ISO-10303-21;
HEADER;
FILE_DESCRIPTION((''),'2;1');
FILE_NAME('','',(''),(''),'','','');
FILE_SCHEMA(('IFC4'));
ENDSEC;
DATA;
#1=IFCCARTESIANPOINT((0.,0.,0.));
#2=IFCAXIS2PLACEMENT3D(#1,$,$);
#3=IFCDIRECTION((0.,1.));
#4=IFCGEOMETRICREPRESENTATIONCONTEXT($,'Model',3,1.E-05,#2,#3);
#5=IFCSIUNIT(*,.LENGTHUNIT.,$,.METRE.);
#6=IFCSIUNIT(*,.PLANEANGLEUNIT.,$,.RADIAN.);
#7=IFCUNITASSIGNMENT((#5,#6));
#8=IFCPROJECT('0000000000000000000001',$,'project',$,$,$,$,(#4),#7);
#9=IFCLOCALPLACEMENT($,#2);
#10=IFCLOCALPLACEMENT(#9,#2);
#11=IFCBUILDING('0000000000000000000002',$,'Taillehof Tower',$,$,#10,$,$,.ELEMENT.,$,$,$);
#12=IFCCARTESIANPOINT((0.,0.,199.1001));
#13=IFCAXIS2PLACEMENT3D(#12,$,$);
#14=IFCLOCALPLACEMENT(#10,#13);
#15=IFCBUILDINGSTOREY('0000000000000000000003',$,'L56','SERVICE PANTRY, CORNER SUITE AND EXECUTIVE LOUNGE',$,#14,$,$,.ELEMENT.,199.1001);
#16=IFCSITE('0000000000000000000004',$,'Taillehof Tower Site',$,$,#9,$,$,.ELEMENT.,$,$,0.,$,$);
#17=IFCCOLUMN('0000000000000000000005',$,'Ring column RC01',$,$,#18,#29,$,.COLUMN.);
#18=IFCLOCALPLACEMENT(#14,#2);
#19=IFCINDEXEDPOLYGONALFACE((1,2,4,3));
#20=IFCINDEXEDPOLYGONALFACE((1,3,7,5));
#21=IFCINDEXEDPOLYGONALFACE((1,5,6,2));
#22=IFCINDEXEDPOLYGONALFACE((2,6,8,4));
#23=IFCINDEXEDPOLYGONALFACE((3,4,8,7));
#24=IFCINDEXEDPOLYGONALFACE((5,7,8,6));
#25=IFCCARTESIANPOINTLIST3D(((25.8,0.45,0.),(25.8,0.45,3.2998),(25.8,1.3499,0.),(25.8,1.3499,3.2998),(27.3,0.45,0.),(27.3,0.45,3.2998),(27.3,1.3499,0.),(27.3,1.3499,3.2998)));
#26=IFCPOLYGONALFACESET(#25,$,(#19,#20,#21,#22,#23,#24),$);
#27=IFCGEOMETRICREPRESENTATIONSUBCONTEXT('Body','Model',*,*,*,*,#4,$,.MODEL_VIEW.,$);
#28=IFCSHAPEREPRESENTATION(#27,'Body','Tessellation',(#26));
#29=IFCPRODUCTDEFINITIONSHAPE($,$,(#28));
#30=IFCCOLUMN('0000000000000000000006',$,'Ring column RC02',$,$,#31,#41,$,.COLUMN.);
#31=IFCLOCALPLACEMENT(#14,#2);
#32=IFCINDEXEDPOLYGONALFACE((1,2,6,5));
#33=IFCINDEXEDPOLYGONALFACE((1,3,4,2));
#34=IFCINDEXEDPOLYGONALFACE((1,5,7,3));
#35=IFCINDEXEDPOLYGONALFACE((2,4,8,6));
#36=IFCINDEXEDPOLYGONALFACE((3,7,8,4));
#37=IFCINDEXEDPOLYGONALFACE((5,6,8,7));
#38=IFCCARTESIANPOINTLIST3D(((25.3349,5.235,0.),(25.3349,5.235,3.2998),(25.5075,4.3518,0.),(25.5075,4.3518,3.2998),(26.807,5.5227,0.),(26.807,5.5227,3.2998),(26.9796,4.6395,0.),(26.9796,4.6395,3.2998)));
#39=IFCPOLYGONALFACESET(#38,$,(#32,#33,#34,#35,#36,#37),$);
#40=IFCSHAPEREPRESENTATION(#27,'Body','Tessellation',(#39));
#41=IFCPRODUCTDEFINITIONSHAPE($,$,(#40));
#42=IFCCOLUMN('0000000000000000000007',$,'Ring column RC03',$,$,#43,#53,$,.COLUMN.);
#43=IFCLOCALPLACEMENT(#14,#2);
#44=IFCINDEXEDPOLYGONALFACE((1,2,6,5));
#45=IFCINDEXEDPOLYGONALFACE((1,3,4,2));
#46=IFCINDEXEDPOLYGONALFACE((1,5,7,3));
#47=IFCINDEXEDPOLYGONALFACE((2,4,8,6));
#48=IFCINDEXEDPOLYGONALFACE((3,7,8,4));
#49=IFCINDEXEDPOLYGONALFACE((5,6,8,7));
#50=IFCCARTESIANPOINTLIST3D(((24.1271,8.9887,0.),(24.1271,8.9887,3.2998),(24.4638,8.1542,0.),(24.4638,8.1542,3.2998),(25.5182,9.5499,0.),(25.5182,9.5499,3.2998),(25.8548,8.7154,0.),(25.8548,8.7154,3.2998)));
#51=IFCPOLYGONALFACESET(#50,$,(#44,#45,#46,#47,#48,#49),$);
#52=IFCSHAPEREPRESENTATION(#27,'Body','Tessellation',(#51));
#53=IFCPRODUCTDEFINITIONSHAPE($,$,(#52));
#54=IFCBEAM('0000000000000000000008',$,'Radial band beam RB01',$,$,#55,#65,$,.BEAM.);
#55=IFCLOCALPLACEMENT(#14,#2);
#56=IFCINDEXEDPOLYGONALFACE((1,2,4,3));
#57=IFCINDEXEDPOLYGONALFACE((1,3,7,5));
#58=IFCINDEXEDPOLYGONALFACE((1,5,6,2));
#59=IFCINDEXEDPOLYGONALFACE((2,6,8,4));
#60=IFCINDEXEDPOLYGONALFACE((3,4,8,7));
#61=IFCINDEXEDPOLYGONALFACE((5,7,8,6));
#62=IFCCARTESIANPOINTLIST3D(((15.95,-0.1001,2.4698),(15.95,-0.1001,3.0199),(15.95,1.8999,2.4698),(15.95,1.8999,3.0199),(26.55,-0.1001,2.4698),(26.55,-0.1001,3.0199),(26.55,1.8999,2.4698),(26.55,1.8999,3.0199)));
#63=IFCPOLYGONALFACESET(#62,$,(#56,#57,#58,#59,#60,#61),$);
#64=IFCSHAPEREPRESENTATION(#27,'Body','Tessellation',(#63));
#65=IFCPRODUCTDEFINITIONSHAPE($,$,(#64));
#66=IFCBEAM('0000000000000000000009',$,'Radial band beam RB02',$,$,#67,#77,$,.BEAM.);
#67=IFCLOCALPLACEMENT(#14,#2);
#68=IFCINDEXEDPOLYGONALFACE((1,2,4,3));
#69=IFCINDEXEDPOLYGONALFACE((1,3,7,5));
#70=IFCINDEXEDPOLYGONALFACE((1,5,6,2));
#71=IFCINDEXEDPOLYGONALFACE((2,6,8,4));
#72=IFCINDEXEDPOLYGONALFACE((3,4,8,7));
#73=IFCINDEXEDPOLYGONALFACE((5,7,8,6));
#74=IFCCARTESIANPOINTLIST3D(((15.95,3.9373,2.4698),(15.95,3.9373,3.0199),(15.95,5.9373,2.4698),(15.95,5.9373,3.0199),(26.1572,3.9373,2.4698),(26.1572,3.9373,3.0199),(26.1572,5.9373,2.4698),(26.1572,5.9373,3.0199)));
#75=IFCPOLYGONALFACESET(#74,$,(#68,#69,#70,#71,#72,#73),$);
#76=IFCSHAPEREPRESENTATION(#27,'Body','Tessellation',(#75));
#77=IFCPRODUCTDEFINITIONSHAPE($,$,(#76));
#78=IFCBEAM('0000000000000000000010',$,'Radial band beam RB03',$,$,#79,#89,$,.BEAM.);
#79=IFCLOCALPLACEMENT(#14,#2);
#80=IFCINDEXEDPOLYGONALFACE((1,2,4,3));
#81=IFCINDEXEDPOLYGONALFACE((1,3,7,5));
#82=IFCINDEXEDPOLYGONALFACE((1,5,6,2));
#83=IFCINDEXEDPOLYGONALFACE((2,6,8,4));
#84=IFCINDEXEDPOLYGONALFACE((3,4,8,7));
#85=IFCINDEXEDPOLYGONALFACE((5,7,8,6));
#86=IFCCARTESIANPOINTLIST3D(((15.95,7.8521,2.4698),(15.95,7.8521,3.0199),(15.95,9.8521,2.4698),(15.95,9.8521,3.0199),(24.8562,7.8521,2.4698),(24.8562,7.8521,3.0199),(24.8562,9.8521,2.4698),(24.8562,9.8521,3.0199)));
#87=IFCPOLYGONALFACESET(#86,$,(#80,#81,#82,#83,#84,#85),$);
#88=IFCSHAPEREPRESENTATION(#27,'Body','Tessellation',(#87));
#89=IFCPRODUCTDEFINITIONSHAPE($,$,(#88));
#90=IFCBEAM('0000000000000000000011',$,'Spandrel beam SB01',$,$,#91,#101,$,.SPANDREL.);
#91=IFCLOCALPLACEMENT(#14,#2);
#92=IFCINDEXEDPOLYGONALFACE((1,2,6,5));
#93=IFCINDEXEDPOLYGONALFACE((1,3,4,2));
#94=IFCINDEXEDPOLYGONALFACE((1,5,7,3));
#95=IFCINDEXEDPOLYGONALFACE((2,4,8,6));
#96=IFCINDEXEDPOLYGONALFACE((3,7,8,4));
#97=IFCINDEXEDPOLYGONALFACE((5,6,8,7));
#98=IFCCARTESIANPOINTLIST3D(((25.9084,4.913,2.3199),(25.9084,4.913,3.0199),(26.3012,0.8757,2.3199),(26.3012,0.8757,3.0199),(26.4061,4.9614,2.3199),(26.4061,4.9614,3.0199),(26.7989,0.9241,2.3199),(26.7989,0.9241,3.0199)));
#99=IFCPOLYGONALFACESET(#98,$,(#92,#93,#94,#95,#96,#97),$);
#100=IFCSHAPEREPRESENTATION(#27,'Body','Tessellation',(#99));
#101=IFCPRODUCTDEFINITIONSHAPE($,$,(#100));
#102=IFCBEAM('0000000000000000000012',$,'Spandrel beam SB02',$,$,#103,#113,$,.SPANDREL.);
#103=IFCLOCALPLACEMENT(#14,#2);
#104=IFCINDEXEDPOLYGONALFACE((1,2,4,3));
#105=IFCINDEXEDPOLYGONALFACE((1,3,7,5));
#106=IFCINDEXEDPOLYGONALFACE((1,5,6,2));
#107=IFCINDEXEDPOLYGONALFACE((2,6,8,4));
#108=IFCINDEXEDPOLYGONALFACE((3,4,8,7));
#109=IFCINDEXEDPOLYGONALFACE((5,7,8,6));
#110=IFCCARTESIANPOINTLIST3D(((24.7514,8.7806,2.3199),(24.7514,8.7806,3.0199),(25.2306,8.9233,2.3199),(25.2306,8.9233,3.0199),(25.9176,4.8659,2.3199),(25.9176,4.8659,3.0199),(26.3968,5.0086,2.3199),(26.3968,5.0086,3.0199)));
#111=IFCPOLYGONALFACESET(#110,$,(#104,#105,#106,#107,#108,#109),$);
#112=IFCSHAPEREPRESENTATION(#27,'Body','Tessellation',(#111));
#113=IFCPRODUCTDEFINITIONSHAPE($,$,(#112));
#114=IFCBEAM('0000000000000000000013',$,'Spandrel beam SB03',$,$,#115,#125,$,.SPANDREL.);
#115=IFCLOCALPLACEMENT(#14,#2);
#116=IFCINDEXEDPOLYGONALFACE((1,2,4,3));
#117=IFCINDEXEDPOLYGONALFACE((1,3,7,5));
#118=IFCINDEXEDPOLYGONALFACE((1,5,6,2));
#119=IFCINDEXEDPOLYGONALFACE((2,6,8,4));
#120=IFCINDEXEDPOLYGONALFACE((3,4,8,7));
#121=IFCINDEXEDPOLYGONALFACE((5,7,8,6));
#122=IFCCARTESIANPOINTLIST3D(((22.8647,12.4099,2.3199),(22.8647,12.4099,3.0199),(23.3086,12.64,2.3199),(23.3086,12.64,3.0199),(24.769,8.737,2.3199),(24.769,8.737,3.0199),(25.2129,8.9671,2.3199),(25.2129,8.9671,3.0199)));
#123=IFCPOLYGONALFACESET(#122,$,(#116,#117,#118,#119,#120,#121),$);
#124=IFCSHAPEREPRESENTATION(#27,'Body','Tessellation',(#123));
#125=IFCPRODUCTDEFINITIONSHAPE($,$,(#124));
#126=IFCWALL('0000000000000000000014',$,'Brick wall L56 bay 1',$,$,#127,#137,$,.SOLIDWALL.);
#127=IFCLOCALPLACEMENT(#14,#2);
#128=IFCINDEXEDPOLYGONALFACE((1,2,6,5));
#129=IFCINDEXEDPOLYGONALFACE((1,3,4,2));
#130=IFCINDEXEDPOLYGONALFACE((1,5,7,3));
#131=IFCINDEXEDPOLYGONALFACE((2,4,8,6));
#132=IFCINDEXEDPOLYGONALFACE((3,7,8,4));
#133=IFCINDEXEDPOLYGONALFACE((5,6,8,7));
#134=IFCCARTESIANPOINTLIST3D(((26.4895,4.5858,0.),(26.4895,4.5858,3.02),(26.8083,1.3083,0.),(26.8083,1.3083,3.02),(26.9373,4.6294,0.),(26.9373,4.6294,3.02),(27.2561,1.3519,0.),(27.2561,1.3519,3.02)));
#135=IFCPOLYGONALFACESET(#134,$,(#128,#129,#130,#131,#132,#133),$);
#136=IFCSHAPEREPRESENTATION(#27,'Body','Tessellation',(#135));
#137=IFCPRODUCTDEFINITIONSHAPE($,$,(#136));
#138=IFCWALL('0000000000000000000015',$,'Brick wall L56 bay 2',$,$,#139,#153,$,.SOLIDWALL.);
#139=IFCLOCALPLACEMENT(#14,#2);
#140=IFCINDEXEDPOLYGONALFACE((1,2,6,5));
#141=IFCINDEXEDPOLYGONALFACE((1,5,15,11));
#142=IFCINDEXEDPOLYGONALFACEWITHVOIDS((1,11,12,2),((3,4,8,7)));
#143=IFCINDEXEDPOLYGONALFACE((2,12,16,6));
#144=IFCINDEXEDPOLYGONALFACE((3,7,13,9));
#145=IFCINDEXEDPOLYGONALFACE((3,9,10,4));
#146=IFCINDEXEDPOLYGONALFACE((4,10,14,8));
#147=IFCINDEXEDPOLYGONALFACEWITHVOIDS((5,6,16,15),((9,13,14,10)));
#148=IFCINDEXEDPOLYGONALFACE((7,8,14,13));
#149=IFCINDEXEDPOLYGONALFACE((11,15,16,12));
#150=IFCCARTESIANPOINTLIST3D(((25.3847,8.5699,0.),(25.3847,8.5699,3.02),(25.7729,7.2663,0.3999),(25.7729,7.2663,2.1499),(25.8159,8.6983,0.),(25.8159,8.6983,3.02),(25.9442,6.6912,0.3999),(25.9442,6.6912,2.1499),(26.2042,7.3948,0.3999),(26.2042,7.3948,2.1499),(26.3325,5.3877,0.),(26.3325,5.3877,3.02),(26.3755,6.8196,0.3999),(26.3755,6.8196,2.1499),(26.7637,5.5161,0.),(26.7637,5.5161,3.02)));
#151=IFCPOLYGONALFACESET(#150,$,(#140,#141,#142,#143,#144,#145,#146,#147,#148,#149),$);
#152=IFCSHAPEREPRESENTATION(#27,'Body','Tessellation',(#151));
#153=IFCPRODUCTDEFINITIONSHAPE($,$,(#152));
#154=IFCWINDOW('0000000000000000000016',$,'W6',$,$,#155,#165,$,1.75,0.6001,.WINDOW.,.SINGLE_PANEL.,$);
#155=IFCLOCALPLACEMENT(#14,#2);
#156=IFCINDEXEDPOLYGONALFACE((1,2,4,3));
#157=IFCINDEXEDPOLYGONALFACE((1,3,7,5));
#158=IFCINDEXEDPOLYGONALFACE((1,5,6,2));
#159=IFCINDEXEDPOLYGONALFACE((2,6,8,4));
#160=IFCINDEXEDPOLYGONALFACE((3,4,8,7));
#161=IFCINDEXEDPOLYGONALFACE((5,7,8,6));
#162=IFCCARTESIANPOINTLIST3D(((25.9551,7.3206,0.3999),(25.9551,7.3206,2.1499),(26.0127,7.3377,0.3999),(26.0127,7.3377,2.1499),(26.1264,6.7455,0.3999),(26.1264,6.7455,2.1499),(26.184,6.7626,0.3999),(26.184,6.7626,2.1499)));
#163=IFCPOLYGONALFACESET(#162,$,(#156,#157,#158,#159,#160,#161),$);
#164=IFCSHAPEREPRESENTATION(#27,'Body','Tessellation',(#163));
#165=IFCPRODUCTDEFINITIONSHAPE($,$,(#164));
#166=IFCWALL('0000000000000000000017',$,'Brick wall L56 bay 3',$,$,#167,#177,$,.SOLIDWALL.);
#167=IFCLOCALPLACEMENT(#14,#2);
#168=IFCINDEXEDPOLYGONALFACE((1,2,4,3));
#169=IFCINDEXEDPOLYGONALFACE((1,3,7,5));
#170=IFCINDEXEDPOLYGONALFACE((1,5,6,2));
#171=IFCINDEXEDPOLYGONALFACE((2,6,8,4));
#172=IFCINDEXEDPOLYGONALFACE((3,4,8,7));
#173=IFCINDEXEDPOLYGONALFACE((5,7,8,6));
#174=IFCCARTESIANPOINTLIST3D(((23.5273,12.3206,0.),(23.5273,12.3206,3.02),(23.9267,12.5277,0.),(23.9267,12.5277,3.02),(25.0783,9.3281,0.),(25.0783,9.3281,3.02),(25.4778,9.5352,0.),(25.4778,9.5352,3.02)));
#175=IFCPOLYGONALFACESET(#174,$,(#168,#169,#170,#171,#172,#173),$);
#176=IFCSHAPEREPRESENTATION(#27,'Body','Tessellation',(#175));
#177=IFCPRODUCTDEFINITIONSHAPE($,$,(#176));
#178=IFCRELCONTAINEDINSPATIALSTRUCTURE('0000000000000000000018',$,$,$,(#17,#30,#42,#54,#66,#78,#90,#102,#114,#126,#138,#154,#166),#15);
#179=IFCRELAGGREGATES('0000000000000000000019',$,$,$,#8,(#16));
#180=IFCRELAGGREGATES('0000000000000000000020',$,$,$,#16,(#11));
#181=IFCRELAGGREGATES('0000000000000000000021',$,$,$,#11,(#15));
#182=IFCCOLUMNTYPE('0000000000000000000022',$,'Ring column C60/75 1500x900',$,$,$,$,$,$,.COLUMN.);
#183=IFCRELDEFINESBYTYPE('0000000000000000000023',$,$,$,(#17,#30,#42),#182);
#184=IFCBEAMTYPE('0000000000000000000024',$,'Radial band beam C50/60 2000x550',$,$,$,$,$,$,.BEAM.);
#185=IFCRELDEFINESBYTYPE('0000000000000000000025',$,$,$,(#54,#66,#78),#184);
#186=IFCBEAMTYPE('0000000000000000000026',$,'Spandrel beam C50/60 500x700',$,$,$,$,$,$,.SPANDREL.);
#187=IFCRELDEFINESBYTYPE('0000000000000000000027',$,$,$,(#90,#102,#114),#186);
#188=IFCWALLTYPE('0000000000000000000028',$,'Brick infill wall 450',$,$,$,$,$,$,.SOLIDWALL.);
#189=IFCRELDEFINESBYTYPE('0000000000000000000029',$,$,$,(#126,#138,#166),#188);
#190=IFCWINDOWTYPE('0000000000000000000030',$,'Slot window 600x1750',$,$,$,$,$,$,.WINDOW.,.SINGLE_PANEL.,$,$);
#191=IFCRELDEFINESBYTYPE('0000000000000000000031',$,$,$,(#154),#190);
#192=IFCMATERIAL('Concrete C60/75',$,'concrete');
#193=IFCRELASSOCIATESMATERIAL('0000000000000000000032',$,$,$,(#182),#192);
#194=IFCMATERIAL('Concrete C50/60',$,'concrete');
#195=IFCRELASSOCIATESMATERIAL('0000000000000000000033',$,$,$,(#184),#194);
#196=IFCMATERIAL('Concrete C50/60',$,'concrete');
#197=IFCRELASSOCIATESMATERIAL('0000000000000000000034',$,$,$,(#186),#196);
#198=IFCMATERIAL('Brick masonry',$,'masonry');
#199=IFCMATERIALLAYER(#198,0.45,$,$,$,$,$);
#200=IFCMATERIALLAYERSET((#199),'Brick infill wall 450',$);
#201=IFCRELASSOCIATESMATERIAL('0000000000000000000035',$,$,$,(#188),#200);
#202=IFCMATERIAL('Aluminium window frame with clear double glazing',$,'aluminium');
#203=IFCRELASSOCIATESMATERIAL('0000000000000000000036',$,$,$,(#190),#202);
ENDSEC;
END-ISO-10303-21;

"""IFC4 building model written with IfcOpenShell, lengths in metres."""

from ifc_helpers import new_model, si_unit, direction, frame, frame_2d, origin, origin_2d, place, context, subcontext, project, spatial, rectangle, extrude, material, layer, layer_set, material_profile, profile_set, type_object, element, fill, save


model = new_model("IFC4")

# Units and contexts
model_context = context("Model", 3, precision=1e-05, world=origin(), true_north=direction((0.0, 1.0)))
body_context = subcontext(model_context, "Body", "Model", "MODEL_VIEW")
ifc_project = project(units=[si_unit("LENGTHUNIT", "METRE"), si_unit("PLANEANGLEUNIT", "RADIAN")], contexts=[model_context])

# Site, building, storey
site_placement = place(None, origin())
site = spatial("IfcSite", under=ifc_project, at=site_placement, Name="Taillehof Tower Site", CompositionType="ELEMENT", RefElevation=0.0)
building_placement = place(site_placement, origin())
building = spatial("IfcBuilding", under=site, at=building_placement, Name="Taillehof Tower", CompositionType="ELEMENT")
storey_placement = place(building_placement, frame((0.0, 0.0, 199.1001)))
storey = spatial("IfcBuildingStorey", under=building, at=storey_placement, Name="L56", Description="SERVICE PANTRY, CORNER SUITE AND EXECUTIVE LOUNGE", CompositionType="ELEMENT", Elevation=199.1001)

# Columns
ifc_material_1 = material(Name="Concrete C60/75", Category="concrete")
ifc_material_profile_1 = material_profile(ifc_material_1, rectangle(XDim=1.5, YDim=0.8999, at=origin_2d()), Name="RC 1500x900")
ifc_profile_set_1 = profile_set([ifc_material_profile_1], Name="Concrete C60/75")
column_type = type_object("IfcColumnType", Name="Ring column C60/75 1500x900", PredefinedType="COLUMN", material=ifc_profile_set_1)
for number, where, z_axis, x_axis, name in (
    (1, (26.55, 0.8999, 0.0), (0.0, 0.0, 1.0), (1.0, 0.0, 0.0), "Ring column RC01"),
    (2, (26.1572, 4.9373, 0.0), (0.0, 0.0, 1.0), (0.981434, 0.191801, 0.0), "Ring column RC02"),
    (3, (24.991, 8.8521, 0.0), (0.0, 0.0, 1.0), (0.927385, 0.374108, 0.0), "Ring column RC03"),
):
    element("IfcColumn", number, at=place(storey_placement, frame(where, z_axis=z_axis, x_axis=x_axis)), inside=storey, type_object=column_type, Name=name, PredefinedType="COLUMN", context=body_context, shape_type="SweptSolid", body=[
        extrude(rectangle(XDim=1.5, YDim=0.8999, at=origin_2d()), origin(), (0.0, 0.0, 1.0), 3.2998),
    ])

# Beams
ifc_material_2 = material(Name="Concrete C50/60", Category="concrete")
ifc_material_profile_2 = material_profile(ifc_material_2, rectangle(XDim=2.0, YDim=0.55, at=origin_2d()), Name="RC 2000x550")
ifc_profile_set_2 = profile_set([ifc_material_profile_2], Name="Concrete C50/60")
beam_type_1 = type_object("IfcBeamType", Name="Radial band beam C50/60 2000x550", PredefinedType="BEAM", material=ifc_profile_set_2)
beam_1_placement = place(storey_placement, frame((26.55, 0.8999, 2.7449), z_axis=(-1.0, 0.0, 0.0), x_axis=(0.0, -1.0, 0.0)))
element("IfcBeam", 4, at=beam_1_placement, inside=storey, type_object=beam_type_1, Name="Radial band beam RB01", PredefinedType="BEAM", context=body_context, shape_type="SweptSolid", body=[
    extrude(rectangle(XDim=2.0, YDim=0.55, at=origin_2d()), origin(), (0.0, 0.0, 1.0), 10.6001),
])
beam_2_placement = place(storey_placement, frame((26.1572, 4.9373, 2.7449), z_axis=(-1.0, 0.0, 0.0), x_axis=(0.0, -1.0, 0.0)))
element("IfcBeam", 5, at=beam_2_placement, inside=storey, type_object=beam_type_1, Name="Radial band beam RB02", PredefinedType="BEAM", context=body_context, shape_type="SweptSolid", body=[
    extrude(rectangle(XDim=2.0, YDim=0.55, at=origin_2d()), origin(), (0.0, 0.0, 1.0), 10.2073),
])
beam_3_placement = place(storey_placement, frame((24.8562, 8.8521, 2.7449), z_axis=(-1.0, 0.0, 0.0), x_axis=(0.0, -1.0, 0.0)))
element("IfcBeam", 6, at=beam_3_placement, inside=storey, type_object=beam_type_1, Name="Radial band beam RB03", PredefinedType="BEAM", context=body_context, shape_type="SweptSolid", body=[
    extrude(rectangle(XDim=2.0, YDim=0.55, at=origin_2d()), origin(), (0.0, 0.0, 1.0), 8.9062),
])
ifc_material_3 = material(Name="Concrete C50/60", Category="concrete")
ifc_material_profile_3 = material_profile(ifc_material_3, rectangle(XDim=0.5, YDim=0.7, at=origin_2d()), Name="RC 500x700")
ifc_profile_set_3 = profile_set([ifc_material_profile_3], Name="Concrete C50/60")
beam_type_2 = type_object("IfcBeamType", Name="Spandrel beam C50/60 500x700", PredefinedType="SPANDREL", material=ifc_profile_set_3)
beam_4_placement = place(storey_placement, frame((26.55, 0.8999, 2.6699), z_axis=(-0.09684, 0.9953, 0.0), x_axis=(-0.9953, -0.09684, 0.0)))
element("IfcBeam", 7, at=beam_4_placement, inside=storey, type_object=beam_type_2, Name="Spandrel beam SB01", PredefinedType="SPANDREL", context=body_context, shape_type="SweptSolid", body=[
    extrude(rectangle(XDim=0.5, YDim=0.7, at=origin_2d()), origin(), (0.0, 0.0, 1.0), 4.0564),
])
beam_5_placement = place(storey_placement, frame((26.1572, 4.9373, 2.6699), z_axis=(-0.28551, 0.958376, 0.0), x_axis=(-0.958376, -0.28551, 0.0)))
element("IfcBeam", 8, at=beam_5_placement, inside=storey, type_object=beam_type_2, Name="Spandrel beam SB02", PredefinedType="SPANDREL", context=body_context, shape_type="SweptSolid", body=[
    extrude(rectangle(XDim=0.5, YDim=0.7, at=origin_2d()), origin(), (0.0, 0.0, 1.0), 4.0847),
])
beam_6_placement = place(storey_placement, frame((24.991, 8.8521, 2.6699), z_axis=(-0.46029, 0.887769, 0.0), x_axis=(-0.887769, -0.46029, 0.0)))
element("IfcBeam", 9, at=beam_6_placement, inside=storey, type_object=beam_type_2, Name="Spandrel beam SB03", PredefinedType="SPANDREL", context=body_context, shape_type="SweptSolid", body=[
    extrude(rectangle(XDim=0.5, YDim=0.7, at=origin_2d()), origin(), (0.0, 0.0, 1.0), 4.1372),
])

# Wall
ifc_material_4 = material(Name="Brick masonry", Category="masonry")
ifc_layer_1 = layer(ifc_material_4, 0.45)
ifc_layer_set_1 = layer_set([ifc_layer_1], Name="Brick infill wall 450")
wall_type_1 = type_object("IfcWallType", Name="Brick infill wall 450", PredefinedType="SOLIDWALL", material=ifc_layer_set_1)
wall_1_placement = place(storey_placement, frame((27.0322, 1.3301, 0.0), z_axis=(0.0, 0.0, 1.0), x_axis=(-0.096824, 0.995302, 0.0)))
element("IfcWall", 10, at=wall_1_placement, inside=storey, type_object=wall_type_1, Name="Brick wall L56 bay 1", PredefinedType="SOLIDWALL", context=body_context, shape_type="SweptSolid", body=[
    extrude(rectangle(XDim=3.293, YDim=0.45, at=frame_2d((1.6465, 0.0))), origin(), (0.0, 0.0, 1.0), 3.02),
])

# Wall, opening, window
wall_2_placement = place(storey_placement, frame((26.5481, 5.4519, 0.0), z_axis=(0.0, 0.0, 1.0), x_axis=(-0.285445, 0.958395, 0.0)))
wall_2 = element("IfcWall", 11, at=wall_2_placement, inside=storey, type_object=wall_type_1, Name="Brick wall L56 bay 2", PredefinedType="SOLIDWALL", context=body_context, shape_type="SweptSolid", body=[
    extrude(rectangle(XDim=3.3203, YDim=0.45, at=frame_2d((1.6602, 0.0))), origin(), (0.0, 0.0, 1.0), 3.02),
])
opening_1_placement = place(wall_2_placement, frame((1.3601, 0.0, 0.3999)))
opening_1 = element("IfcOpeningElement", 12, at=opening_1_placement, cuts=wall_2, PredefinedType="OPENING", context=body_context, shape_type="SweptSolid", body=[
    extrude(rectangle(XDim=0.6001, YDim=1.75, at=frame_2d((0.3, 0.875))), frame((0.0, 0.2349, 0.0), z_axis=(0.0, -1.0, 0.0), x_axis=(1.0, 0.0, 0.0)), (0.0, 0.0, 1.0), 0.47),
])
ifc_material_5 = material(Name="Aluminium window frame with clear double glazing", Category="aluminium")
window_type = type_object("IfcWindowType", Name="Slot window 600x1750", PartitioningType="SINGLE_PANEL", PredefinedType="WINDOW", material=ifc_material_5)
window_placement = place(opening_1_placement, origin())
window = element("IfcWindow", 13, at=window_placement, inside=storey, type_object=window_type, Name="W6", OverallHeight=1.75, OverallWidth=0.6001, PartitioningType="SINGLE_PANEL", PredefinedType="WINDOW", context=body_context, shape_type="SweptSolid", body=[
    extrude(rectangle(XDim=0.6001, YDim=1.75, at=frame_2d((0.3, 0.875))), frame((0.0, 0.0349, 0.0), z_axis=(0.0, -1.0, 0.0), x_axis=(1.0, 0.0, 0.0)), (0.0, 0.0, 1.0), 0.0601),
])
fill(opening_1, window)

# Wall
wall_3_placement = place(storey_placement, frame((25.2781, 9.4316, 0.0), z_axis=(0.0, 0.0, 1.0), x_axis=(-0.460176, 0.887828, 0.0)))
element("IfcWall", 14, at=wall_3_placement, inside=storey, type_object=wall_type_1, Name="Brick wall L56 bay 3", PredefinedType="SOLIDWALL", context=body_context, shape_type="SweptSolid", body=[
    extrude(rectangle(XDim=3.3706, YDim=0.45, at=frame_2d((1.6853, 0.0))), origin(), (0.0, 0.0, 1.0), 3.02),
])

save(model, "model.ifc")
